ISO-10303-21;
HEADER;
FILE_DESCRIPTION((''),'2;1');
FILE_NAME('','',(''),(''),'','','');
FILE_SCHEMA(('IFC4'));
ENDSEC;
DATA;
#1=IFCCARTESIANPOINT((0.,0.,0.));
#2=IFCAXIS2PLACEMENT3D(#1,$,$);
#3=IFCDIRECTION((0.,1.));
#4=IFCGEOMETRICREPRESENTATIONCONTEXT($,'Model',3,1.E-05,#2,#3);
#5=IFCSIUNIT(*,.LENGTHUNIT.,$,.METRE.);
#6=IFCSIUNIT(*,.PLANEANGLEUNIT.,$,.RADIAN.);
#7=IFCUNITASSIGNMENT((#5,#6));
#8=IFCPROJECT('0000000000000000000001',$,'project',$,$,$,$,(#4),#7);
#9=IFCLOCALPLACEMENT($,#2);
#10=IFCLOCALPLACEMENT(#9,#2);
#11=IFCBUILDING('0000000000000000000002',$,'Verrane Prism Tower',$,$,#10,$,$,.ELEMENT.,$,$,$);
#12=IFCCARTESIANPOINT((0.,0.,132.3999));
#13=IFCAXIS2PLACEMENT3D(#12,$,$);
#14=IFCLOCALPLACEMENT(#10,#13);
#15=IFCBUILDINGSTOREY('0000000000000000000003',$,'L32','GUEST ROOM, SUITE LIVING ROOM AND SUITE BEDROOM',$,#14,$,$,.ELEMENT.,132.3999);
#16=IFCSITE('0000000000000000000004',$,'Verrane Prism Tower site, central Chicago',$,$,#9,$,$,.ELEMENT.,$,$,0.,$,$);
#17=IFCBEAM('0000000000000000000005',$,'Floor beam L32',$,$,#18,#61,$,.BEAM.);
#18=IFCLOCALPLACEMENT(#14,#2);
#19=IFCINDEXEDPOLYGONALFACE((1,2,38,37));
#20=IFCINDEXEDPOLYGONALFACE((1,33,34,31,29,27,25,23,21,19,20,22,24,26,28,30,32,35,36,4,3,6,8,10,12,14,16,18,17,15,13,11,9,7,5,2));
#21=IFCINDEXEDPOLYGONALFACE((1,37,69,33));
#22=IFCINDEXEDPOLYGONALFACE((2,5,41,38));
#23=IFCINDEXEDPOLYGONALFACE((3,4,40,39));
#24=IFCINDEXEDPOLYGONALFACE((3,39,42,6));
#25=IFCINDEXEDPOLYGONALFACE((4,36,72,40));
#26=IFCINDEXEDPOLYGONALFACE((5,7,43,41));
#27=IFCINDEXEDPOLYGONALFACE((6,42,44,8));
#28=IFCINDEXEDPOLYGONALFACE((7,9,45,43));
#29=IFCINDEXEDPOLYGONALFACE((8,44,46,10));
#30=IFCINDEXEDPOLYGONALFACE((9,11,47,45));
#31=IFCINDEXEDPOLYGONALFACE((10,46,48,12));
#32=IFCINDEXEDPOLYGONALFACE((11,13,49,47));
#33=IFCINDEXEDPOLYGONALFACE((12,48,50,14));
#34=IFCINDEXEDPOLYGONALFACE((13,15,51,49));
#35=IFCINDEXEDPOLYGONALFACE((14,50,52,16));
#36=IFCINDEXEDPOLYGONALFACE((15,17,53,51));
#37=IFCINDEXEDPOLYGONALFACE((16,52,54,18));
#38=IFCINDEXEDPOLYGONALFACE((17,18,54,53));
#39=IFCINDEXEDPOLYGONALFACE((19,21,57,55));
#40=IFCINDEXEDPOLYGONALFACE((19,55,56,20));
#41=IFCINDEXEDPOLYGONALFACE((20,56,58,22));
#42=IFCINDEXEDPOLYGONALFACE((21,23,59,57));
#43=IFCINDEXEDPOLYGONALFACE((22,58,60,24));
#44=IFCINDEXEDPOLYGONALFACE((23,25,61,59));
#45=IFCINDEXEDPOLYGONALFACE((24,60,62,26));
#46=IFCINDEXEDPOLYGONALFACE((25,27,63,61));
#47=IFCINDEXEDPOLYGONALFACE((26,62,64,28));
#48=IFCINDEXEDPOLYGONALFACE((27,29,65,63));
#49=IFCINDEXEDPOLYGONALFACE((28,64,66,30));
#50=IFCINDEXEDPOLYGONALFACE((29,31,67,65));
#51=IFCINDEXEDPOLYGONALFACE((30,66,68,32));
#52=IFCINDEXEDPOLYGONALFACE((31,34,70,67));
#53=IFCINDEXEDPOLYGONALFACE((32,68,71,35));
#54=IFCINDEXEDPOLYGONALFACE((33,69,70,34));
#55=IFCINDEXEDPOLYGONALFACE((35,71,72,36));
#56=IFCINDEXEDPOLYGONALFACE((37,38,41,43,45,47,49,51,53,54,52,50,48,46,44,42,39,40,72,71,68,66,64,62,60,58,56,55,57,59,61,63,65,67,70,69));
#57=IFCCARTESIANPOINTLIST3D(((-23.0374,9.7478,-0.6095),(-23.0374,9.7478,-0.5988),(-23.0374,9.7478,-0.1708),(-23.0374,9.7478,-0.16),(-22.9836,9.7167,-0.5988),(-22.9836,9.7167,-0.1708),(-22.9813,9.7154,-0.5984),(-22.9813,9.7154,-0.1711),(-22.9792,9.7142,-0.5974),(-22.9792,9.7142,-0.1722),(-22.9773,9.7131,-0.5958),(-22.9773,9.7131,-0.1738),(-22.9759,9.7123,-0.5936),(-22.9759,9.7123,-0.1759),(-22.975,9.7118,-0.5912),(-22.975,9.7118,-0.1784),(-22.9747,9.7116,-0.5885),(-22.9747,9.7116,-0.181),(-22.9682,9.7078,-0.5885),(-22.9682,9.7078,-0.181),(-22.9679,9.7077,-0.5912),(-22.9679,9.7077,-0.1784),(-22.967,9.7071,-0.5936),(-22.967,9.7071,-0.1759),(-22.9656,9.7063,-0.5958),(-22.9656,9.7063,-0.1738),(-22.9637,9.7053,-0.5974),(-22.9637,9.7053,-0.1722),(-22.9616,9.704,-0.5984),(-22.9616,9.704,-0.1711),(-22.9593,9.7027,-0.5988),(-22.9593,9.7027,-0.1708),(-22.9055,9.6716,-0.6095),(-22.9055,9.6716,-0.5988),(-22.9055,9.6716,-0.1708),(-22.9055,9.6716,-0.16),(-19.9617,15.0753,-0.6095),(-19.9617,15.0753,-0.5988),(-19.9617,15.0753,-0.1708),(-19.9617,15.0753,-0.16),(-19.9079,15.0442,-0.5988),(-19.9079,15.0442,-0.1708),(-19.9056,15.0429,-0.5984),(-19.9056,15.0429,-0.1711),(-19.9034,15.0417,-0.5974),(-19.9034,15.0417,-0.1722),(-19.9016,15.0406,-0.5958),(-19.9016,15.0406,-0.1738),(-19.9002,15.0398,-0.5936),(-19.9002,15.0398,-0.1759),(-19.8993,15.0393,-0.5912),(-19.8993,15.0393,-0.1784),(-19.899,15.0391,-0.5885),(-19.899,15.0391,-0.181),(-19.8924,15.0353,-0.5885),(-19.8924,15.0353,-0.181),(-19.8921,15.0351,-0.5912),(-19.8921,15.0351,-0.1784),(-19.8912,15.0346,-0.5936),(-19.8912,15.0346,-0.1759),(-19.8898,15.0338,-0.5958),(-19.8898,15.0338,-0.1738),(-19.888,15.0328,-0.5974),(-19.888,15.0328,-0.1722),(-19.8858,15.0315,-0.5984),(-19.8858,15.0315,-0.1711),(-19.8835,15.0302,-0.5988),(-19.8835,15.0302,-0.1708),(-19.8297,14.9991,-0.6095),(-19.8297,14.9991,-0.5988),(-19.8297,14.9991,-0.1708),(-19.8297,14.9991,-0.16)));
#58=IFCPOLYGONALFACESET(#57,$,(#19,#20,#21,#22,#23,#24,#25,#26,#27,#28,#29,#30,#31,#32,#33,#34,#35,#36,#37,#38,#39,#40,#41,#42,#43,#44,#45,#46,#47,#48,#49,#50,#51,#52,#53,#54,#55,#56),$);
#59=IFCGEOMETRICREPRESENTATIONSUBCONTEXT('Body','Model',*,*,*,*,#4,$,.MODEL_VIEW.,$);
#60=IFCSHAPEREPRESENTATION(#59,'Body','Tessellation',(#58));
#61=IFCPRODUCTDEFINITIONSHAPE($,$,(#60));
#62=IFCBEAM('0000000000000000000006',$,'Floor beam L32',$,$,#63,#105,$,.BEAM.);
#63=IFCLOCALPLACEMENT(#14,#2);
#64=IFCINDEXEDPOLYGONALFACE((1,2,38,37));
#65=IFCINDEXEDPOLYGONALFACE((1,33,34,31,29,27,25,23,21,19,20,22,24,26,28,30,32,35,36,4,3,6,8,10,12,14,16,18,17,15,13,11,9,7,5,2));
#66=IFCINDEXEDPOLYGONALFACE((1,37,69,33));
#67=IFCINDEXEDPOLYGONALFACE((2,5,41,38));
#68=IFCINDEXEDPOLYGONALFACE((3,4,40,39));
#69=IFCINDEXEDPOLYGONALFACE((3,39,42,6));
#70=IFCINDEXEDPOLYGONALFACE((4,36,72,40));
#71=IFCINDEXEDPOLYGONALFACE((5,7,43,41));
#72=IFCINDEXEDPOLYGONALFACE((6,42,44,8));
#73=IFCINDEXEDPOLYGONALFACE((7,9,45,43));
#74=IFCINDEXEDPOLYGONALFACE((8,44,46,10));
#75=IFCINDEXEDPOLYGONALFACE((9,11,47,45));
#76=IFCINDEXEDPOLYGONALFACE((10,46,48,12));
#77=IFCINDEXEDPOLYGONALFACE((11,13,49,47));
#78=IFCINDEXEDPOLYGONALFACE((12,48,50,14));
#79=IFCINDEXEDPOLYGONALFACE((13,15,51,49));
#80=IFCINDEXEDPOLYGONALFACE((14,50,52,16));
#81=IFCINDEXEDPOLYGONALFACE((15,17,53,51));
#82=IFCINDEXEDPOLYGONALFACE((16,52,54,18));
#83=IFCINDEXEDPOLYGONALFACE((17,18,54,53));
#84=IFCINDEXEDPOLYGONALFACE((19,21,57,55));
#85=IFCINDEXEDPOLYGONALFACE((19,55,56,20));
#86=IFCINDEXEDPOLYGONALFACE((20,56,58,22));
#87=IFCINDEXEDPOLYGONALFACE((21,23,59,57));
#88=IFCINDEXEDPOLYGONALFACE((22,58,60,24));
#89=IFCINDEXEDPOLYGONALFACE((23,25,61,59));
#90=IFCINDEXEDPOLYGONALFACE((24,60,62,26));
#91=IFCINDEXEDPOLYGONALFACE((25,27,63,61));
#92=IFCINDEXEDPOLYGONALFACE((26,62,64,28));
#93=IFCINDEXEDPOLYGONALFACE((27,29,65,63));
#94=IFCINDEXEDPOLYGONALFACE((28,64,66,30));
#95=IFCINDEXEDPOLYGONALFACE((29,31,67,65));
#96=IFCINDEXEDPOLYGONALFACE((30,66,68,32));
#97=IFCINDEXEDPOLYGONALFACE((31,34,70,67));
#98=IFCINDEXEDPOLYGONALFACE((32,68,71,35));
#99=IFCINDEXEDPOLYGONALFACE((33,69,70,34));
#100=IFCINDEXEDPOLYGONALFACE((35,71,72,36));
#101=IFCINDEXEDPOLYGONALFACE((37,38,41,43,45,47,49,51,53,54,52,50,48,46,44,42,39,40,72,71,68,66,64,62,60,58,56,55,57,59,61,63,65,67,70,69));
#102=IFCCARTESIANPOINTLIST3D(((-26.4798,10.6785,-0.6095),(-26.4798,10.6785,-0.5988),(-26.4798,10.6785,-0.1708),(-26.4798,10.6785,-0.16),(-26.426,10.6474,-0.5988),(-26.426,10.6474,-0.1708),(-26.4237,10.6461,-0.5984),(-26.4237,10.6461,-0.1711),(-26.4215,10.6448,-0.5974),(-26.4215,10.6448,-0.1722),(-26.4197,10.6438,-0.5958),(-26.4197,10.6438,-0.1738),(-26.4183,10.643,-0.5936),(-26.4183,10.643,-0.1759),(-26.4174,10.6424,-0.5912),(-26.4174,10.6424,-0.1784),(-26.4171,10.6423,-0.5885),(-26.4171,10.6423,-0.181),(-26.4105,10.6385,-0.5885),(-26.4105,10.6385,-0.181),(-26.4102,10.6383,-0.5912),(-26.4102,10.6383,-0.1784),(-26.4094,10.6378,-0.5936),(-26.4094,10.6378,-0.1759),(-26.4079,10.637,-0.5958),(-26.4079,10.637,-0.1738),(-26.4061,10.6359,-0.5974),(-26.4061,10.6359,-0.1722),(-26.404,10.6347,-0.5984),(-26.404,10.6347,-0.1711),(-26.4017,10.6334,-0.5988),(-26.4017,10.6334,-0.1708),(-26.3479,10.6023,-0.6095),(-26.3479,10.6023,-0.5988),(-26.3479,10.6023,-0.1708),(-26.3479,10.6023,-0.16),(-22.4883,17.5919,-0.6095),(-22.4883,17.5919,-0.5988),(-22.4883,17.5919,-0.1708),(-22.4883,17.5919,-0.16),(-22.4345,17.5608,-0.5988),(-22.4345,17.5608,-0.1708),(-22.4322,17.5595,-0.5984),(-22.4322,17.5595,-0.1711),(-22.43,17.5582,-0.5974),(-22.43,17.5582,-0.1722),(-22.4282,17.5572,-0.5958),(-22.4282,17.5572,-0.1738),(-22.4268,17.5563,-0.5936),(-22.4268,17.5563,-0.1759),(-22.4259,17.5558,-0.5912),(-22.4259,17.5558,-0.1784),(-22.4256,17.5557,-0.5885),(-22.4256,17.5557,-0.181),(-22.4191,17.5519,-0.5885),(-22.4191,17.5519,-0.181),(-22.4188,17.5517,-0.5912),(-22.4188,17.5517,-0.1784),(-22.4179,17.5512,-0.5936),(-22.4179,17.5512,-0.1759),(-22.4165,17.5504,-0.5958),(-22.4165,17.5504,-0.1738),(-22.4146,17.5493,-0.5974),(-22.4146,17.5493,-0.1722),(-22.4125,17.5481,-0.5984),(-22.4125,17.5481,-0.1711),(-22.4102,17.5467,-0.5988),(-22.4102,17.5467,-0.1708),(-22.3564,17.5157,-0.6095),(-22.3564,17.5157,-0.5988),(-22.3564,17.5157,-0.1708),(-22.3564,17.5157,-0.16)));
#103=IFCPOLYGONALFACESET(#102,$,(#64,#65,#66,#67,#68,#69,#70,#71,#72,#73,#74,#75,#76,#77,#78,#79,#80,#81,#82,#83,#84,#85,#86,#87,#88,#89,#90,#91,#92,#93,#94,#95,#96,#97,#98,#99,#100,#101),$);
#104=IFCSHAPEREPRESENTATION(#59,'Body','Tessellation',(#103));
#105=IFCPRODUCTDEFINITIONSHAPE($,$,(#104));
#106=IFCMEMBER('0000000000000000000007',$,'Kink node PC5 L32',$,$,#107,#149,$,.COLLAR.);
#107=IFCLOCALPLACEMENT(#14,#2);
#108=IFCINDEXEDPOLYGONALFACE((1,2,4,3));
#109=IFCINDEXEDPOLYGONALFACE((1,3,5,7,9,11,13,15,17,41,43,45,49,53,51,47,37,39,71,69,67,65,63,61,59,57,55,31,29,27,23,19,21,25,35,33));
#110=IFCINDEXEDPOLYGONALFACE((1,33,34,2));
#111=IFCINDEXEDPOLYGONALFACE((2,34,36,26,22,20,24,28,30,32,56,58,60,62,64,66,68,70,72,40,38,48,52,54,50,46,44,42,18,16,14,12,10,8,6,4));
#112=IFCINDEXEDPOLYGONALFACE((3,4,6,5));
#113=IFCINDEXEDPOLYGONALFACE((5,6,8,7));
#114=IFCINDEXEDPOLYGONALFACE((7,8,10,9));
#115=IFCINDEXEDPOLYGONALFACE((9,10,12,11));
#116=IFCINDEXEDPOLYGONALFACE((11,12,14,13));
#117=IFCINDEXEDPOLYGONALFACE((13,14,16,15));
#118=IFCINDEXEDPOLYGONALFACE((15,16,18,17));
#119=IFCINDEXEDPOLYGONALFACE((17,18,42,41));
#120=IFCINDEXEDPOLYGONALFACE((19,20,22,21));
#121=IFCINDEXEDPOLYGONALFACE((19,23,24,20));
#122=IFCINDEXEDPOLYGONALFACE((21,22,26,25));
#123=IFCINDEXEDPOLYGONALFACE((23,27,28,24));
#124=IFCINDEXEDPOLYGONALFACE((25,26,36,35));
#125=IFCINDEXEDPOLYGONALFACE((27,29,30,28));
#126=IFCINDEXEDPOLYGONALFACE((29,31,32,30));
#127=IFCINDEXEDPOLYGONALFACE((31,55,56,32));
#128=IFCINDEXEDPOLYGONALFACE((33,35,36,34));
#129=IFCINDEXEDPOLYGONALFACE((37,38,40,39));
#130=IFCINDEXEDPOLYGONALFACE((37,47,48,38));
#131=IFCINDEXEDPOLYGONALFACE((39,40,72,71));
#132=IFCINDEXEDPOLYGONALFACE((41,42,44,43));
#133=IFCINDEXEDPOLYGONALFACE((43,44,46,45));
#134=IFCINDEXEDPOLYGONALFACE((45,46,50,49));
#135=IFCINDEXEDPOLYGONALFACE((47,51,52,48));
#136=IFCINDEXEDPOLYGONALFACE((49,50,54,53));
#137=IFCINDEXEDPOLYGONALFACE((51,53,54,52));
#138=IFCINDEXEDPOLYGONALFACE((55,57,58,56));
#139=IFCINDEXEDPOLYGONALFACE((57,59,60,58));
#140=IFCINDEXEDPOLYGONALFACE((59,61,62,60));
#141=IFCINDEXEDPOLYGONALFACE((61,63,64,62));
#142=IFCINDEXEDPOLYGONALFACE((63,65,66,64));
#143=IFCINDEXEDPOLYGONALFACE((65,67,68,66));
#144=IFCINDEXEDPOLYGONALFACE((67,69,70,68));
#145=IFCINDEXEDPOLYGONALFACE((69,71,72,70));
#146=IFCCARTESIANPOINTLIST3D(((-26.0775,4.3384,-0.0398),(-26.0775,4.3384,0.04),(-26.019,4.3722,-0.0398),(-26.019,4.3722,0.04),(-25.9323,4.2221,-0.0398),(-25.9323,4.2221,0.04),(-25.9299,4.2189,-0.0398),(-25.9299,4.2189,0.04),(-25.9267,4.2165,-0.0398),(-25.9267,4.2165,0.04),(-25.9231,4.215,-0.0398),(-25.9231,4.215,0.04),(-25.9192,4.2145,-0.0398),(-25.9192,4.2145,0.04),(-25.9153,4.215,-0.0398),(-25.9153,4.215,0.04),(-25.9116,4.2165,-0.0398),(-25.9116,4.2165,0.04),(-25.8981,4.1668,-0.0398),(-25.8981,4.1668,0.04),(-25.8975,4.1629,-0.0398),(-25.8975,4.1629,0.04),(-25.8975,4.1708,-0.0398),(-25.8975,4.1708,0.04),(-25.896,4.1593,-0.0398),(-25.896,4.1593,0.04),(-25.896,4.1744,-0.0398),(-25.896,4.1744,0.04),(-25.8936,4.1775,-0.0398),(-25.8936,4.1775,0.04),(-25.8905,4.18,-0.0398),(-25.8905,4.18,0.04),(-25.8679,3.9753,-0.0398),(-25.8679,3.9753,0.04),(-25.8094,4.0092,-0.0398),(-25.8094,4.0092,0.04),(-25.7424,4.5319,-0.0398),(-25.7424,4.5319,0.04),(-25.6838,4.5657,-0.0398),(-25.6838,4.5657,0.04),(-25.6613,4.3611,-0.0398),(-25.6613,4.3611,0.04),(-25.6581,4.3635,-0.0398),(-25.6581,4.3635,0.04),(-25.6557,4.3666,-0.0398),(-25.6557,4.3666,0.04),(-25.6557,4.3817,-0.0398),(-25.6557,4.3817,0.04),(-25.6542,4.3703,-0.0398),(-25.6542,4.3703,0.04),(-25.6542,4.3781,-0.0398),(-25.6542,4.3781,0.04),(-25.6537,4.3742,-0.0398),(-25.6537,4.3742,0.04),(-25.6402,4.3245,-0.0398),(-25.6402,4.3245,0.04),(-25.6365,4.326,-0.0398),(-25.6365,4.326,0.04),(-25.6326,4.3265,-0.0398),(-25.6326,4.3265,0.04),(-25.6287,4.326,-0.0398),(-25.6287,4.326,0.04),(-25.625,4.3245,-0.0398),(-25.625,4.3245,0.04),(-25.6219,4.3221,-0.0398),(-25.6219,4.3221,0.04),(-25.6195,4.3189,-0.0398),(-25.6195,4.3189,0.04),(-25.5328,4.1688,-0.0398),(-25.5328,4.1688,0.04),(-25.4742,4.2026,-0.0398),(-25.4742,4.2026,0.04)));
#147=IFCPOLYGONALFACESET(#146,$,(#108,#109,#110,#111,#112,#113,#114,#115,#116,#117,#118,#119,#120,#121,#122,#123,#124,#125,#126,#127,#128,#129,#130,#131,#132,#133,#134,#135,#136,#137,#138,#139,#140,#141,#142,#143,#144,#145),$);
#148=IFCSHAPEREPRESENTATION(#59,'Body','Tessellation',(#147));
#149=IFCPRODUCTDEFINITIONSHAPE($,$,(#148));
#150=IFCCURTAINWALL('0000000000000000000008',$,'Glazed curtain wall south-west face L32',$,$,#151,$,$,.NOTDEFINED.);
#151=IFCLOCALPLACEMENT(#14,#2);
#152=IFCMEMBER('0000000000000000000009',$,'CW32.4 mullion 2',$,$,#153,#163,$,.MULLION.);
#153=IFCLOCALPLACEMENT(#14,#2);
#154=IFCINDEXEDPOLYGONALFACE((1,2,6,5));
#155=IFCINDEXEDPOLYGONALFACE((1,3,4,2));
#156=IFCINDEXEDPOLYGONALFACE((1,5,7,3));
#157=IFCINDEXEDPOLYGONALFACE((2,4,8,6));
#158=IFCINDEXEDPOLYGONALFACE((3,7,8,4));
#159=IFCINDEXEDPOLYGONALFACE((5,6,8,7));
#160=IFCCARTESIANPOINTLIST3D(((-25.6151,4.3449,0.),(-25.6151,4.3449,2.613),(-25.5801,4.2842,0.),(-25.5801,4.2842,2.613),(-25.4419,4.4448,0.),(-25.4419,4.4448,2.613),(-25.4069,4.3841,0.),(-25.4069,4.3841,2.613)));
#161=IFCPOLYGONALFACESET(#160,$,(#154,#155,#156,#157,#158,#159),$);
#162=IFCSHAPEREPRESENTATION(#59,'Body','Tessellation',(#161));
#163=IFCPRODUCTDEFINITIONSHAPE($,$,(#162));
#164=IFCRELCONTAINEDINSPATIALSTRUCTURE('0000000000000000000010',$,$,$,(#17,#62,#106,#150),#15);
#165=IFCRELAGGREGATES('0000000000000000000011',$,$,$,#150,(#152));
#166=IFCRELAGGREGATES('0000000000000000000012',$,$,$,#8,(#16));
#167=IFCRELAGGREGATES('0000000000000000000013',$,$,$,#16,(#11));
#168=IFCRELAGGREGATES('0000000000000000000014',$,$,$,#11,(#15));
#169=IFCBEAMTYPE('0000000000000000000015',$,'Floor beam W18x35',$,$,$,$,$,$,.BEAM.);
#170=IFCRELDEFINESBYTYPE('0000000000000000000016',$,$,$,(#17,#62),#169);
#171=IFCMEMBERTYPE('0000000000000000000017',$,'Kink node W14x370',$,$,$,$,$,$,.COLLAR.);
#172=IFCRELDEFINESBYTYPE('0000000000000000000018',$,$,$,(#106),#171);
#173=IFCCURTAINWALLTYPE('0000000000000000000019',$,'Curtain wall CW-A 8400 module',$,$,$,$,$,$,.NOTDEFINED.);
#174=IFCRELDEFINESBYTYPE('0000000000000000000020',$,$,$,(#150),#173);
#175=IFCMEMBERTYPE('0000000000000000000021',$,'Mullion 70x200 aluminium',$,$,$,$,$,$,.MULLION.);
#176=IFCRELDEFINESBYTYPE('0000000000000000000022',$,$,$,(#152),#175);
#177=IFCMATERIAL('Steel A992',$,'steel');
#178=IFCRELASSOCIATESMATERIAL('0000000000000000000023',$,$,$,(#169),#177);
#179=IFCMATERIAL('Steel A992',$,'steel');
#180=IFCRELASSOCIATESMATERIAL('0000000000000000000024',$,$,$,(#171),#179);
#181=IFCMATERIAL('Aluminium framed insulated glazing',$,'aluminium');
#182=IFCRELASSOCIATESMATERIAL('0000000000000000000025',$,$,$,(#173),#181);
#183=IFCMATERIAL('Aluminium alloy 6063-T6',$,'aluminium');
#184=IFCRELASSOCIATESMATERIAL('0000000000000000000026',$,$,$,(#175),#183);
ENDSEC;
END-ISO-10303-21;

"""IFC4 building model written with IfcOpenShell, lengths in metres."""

from ifc_helpers import new_model, si_unit, direction, frame, origin, origin_2d, place, context, subcontext, project, spatial, rectangle, i_section, extrude, material, material_profile, profile_set, type_object, element, aggregate, save


model = new_model("IFC4")

# Units and contexts
model_context = context("Model", 3, precision=1e-05, world=origin(), true_north=direction((0.0, 1.0)))
body_context = subcontext(model_context, "Body", "Model", "MODEL_VIEW")
ifc_project = project(units=[si_unit("LENGTHUNIT", "METRE"), si_unit("PLANEANGLEUNIT", "RADIAN")], contexts=[model_context])

# Site, building, storey
site_placement = place(None, origin())
site = spatial("IfcSite", under=ifc_project, at=site_placement, Name="Verrane Prism Tower site, central Chicago", CompositionType="ELEMENT", RefElevation=0.0)
building_placement = place(site_placement, origin())
building = spatial("IfcBuilding", under=site, at=building_placement, Name="Verrane Prism Tower", CompositionType="ELEMENT")
storey_placement = place(building_placement, frame((0.0, 0.0, 132.3999)))
storey = spatial("IfcBuildingStorey", under=building, at=storey_placement, Name="L32", Description="GUEST ROOM, SUITE LIVING ROOM AND SUITE BEDROOM", CompositionType="ELEMENT", Elevation=132.3999)

# Beams
ifc_material_1 = material(Name="Steel A992", Category="steel")
ifc_material_profile_1 = material_profile(ifc_material_1, i_section(OverallWidth=0.1523, OverallDepth=0.4495, WebThickness=0.0076, FlangeThickness=0.0107, FilletRadius=0.0103, at=origin_2d()), Name="W18x35")
ifc_profile_set_1 = profile_set([ifc_material_profile_1], Name="Steel A992")
beam_type_1 = type_object("IfcBeamType", Name="Floor beam W18x35", PredefinedType="BEAM", material=ifc_profile_set_1)
beam_1_placement = place(storey_placement, frame((-22.9714, 9.7097, -0.3848), z_axis=(0.499989, 0.866032, 0.0), x_axis=(-0.866032, 0.499989, 0.0)))
element("IfcBeam", 1, at=beam_1_placement, inside=storey, type_object=beam_type_1, Name="Floor beam L32", PredefinedType="BEAM", context=body_context, shape_type="SweptSolid", body=[
    extrude(i_section(OverallWidth=0.1523, OverallDepth=0.4495, WebThickness=0.0076, FlangeThickness=0.0107, FilletRadius=0.0103, at=origin_2d()), origin(), (0.0, 0.0, 1.0), 6.1516),
])
beam_2_placement = place(storey_placement, frame((-26.4138, 10.6404, -0.3848), z_axis=(0.500004, 0.866023, 0.0), x_axis=(-0.866023, 0.500004, 0.0)))
element("IfcBeam", 2, at=beam_2_placement, inside=storey, type_object=beam_type_1, Name="Floor beam L32", PredefinedType="BEAM", context=body_context, shape_type="SweptSolid", body=[
    extrude(i_section(OverallWidth=0.1523, OverallDepth=0.4495, WebThickness=0.0076, FlangeThickness=0.0107, FilletRadius=0.0103, at=origin_2d()), origin(), (0.0, 0.0, 1.0), 7.9829),
])

# Member
ifc_material_2 = material(Name="Steel A992", Category="steel")
ifc_material_profile_2 = material_profile(ifc_material_2, i_section(OverallWidth=0.4192, OverallDepth=0.4546, WebThickness=0.0422, FlangeThickness=0.0676, FilletRadius=0.0151, at=origin_2d()), Name="W14x370")
ifc_profile_set_2 = profile_set([ifc_material_profile_2], Name="Steel A992")
member_type_1 = type_object("IfcMemberType", Name="Kink node W14x370", PredefinedType="COLLAR", material=ifc_profile_set_2)
member_1_placement = place(storey_placement, frame((-25.7759, 4.2705, -0.0398), z_axis=(0.0, 0.0, 1.0), x_axis=(-0.5, 0.866025, 0.0)))
element("IfcMember", 3, at=member_1_placement, inside=storey, type_object=member_type_1, Name="Kink node PC5 L32", PredefinedType="COLLAR", context=body_context, shape_type="SweptSolid", body=[
    extrude(i_section(OverallWidth=0.4192, OverallDepth=0.4546, WebThickness=0.0422, FlangeThickness=0.0676, FilletRadius=0.0151, at=origin_2d()), origin(), (0.0, 0.0, 1.0), 0.0798),
])

# Curtain wall, member
ifc_material_3 = material(Name="Aluminium framed insulated glazing", Category="aluminium")
curtain_wall_type = type_object("IfcCurtainWallType", Name="Curtain wall CW-A 8400 module", PredefinedType="NOTDEFINED", material=ifc_material_3)
curtain_wall_placement = place(storey_placement, origin())
curtain_wall = element("IfcCurtainWall", 4, at=curtain_wall_placement, inside=storey, type_object=curtain_wall_type, Name="Glazed curtain wall south-west face L32", PredefinedType="NOTDEFINED")
ifc_material_4 = material(Name="Aluminium alloy 6063-T6", Category="aluminium")
ifc_material_profile_3 = material_profile(ifc_material_4, rectangle(XDim=0.2, YDim=0.0701, at=origin_2d()), Name="Mullion 70x200 aluminium")
ifc_profile_set_3 = profile_set([ifc_material_profile_3], Name="Aluminium alloy 6063-T6")
member_type_2 = type_object("IfcMemberType", Name="Mullion 70x200 aluminium", PredefinedType="MULLION", material=ifc_profile_set_3)
member_2_placement = place(storey_placement, frame((-25.511, 4.3645, 0.0), z_axis=(0.0, 0.0, 1.0), x_axis=(0.866025, 0.5, 0.0)))
member_2 = element("IfcMember", 5, at=member_2_placement, type_object=member_type_2, Name="CW32.4 mullion 2", PredefinedType="MULLION", context=body_context, shape_type="SweptSolid", body=[
    extrude(rectangle(XDim=0.2, YDim=0.0701, at=origin_2d()), origin(), (0.0, 0.0, 1.0), 2.613),
])

aggregate(curtain_wall, [member_2])

save(model, "model.ifc")
